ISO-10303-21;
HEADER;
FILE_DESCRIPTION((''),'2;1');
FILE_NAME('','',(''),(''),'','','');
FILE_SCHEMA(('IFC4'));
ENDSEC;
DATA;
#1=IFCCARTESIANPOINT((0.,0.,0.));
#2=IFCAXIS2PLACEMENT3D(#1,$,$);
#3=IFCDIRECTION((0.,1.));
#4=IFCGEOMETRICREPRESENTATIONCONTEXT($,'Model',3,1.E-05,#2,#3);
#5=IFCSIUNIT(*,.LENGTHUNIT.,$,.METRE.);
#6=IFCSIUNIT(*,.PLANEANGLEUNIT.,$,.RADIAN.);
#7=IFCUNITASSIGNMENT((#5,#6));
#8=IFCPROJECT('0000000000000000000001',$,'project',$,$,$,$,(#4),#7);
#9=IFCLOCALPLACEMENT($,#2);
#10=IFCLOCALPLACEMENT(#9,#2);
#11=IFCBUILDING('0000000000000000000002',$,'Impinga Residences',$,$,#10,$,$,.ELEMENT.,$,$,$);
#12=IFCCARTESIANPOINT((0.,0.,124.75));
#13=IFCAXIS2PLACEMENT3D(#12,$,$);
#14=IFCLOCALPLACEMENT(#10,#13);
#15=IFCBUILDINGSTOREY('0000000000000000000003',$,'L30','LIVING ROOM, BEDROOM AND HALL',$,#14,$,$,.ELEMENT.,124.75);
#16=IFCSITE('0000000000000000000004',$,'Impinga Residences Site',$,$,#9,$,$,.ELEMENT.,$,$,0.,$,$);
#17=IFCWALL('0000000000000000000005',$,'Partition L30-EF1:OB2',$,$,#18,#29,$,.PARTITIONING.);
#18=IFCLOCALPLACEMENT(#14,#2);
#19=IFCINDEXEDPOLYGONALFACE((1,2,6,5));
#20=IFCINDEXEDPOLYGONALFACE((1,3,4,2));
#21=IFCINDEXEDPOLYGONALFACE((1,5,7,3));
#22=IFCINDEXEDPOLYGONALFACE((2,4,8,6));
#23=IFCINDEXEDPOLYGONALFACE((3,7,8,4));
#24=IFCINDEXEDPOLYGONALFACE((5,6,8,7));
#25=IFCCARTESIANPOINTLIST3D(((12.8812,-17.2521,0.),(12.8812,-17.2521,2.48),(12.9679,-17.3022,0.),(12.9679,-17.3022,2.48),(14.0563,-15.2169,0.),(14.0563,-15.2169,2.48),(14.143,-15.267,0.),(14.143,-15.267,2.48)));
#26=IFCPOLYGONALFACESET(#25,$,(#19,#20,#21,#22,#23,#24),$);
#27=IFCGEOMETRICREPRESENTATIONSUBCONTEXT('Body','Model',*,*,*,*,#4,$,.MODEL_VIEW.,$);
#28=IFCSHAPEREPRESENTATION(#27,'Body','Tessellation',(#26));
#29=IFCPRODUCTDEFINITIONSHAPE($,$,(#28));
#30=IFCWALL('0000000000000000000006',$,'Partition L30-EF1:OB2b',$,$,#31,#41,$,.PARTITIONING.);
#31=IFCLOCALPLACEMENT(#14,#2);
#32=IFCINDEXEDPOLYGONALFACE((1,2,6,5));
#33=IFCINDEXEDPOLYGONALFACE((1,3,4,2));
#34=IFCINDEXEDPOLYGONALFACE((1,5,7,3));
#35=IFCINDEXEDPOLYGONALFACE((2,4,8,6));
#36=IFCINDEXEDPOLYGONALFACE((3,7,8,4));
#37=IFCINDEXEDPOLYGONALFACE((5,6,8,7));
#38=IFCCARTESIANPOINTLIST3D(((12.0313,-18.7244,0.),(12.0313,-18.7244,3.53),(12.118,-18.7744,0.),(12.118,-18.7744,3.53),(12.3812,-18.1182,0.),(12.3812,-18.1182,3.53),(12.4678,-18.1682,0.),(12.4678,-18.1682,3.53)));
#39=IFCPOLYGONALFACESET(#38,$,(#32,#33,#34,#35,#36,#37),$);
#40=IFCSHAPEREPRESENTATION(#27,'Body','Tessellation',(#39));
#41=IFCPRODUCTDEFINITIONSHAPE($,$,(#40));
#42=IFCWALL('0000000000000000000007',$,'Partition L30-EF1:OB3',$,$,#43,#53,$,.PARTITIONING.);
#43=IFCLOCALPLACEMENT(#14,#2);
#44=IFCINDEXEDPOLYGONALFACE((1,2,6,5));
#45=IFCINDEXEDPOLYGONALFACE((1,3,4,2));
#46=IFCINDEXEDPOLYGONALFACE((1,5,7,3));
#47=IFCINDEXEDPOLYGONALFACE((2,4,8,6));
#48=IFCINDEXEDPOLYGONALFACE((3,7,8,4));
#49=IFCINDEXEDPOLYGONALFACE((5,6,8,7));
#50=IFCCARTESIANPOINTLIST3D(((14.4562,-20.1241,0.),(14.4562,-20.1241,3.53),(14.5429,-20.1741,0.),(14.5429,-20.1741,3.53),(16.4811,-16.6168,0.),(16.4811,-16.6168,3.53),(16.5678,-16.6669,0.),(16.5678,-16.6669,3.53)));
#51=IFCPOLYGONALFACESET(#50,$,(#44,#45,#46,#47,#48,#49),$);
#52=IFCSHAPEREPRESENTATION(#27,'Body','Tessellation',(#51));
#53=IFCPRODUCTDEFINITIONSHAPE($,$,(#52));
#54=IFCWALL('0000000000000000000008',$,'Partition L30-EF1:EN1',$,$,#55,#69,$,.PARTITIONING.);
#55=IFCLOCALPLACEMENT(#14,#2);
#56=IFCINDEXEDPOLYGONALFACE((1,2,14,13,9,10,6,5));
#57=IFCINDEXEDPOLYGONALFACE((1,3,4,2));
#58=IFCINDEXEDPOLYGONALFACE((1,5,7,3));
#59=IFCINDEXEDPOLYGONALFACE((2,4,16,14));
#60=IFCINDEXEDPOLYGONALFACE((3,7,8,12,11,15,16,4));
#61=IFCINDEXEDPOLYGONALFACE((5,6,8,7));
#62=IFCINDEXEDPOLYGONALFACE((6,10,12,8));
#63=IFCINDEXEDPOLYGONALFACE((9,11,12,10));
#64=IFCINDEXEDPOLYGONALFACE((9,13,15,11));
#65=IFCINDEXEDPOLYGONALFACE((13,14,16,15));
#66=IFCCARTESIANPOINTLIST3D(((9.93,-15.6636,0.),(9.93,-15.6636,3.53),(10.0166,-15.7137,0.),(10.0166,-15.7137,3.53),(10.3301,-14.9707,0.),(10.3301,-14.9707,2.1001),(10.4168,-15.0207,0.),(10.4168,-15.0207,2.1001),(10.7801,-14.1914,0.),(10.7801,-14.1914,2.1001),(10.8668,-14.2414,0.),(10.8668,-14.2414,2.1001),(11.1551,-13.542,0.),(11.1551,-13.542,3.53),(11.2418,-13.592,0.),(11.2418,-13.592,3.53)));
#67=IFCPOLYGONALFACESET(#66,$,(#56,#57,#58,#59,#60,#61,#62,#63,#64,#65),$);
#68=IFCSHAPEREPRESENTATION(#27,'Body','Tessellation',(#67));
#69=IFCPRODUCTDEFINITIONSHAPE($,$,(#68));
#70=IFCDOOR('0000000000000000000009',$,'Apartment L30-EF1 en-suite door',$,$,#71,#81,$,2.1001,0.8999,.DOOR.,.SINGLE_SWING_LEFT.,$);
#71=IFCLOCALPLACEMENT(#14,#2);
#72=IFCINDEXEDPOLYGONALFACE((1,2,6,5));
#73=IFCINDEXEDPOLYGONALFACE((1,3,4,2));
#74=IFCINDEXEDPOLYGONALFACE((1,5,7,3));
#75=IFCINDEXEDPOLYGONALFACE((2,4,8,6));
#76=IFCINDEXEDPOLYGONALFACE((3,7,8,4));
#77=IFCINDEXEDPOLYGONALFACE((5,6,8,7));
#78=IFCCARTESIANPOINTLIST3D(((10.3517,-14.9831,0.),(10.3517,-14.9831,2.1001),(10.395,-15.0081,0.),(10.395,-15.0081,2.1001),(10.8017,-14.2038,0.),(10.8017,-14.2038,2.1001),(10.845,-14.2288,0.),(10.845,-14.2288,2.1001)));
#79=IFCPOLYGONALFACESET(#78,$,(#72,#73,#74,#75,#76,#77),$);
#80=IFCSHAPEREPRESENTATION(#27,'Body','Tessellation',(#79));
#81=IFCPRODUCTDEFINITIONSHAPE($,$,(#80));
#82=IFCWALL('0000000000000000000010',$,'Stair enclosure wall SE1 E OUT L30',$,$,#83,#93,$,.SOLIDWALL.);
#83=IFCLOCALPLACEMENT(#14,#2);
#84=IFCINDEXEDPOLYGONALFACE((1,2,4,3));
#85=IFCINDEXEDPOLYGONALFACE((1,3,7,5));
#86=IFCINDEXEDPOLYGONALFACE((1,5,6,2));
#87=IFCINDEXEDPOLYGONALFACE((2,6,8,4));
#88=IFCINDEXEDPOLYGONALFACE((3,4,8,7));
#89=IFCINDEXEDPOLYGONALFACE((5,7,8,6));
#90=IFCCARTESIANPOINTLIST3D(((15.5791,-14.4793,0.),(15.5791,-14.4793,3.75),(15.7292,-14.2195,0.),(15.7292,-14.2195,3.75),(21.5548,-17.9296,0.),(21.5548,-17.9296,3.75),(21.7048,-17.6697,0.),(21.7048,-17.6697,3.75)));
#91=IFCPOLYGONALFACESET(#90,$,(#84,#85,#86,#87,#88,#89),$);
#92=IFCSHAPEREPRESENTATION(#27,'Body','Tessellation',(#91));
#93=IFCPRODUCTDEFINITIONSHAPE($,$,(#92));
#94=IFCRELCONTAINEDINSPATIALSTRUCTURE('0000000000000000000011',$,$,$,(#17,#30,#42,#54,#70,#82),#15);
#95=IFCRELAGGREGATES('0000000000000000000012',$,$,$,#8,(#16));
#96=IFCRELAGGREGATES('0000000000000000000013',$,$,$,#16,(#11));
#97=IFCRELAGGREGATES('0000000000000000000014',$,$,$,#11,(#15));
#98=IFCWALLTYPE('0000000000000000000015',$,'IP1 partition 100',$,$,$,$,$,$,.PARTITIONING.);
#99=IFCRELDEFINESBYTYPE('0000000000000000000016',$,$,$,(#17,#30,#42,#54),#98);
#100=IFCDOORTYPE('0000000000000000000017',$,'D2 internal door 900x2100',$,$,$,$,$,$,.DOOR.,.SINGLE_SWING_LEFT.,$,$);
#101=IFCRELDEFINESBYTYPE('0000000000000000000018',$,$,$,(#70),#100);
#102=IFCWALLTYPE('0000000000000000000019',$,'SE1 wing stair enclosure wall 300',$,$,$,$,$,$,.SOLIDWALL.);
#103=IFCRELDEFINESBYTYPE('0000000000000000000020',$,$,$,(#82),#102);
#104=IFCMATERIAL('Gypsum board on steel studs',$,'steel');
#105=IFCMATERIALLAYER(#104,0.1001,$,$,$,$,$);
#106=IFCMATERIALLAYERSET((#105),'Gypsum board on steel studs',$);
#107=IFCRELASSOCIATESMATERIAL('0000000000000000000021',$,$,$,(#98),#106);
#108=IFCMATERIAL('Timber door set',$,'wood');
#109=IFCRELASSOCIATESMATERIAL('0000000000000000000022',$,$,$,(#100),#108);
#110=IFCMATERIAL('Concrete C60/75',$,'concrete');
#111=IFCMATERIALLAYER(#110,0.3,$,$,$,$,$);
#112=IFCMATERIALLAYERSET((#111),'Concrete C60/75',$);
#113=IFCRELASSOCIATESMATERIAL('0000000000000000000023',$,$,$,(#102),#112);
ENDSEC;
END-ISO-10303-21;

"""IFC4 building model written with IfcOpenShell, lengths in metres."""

from ifc_helpers import new_model, si_unit, direction, frame, frame_2d, origin, place, context, subcontext, project, spatial, rectangle, extrude, material, layer, layer_set, type_object, element, fill, save


model = new_model("IFC4")

# Units and contexts
model_context = context("Model", 3, precision=1e-05, world=origin(), true_north=direction((0.0, 1.0)))
body_context = subcontext(model_context, "Body", "Model", "MODEL_VIEW")
ifc_project = project(units=[si_unit("LENGTHUNIT", "METRE"), si_unit("PLANEANGLEUNIT", "RADIAN")], contexts=[model_context])

# Site, building, storey
site_placement = place(None, origin())
site = spatial("IfcSite", under=ifc_project, at=site_placement, Name="Impinga Residences Site", CompositionType="ELEMENT", RefElevation=0.0)
building_placement = place(site_placement, origin())
building = spatial("IfcBuilding", under=site, at=building_placement, Name="Impinga Residences", CompositionType="ELEMENT")
storey_placement = place(building_placement, frame((0.0, 0.0, 124.75)))
storey = spatial("IfcBuildingStorey", under=building, at=storey_placement, Name="L30", Description="LIVING ROOM, BEDROOM AND HALL", CompositionType="ELEMENT", Elevation=124.75)

# Shared definitions
ifc_material_1 = material(Name="Concrete C60/75", Category="concrete")

# Shared definitions
ifc_material_2 = material(Name="Timber door set", Category="wood")

# Shared definitions
ifc_material_3 = material(Name="Gypsum board on steel studs", Category="steel")
ifc_layer_1 = layer(ifc_material_3, 0.1001)
ifc_layer_set_1 = layer_set([ifc_layer_1], Name="Gypsum board on steel studs")
wall_type_1 = type_object("IfcWallType", Name="IP1 partition 100", PredefinedType="PARTITIONING", material=ifc_layer_set_1)

# Shared definitions
door_type_1 = type_object("IfcDoorType", Name="D2 internal door 900x2100", OperationType="SINGLE_SWING_LEFT", PredefinedType="DOOR", material=ifc_material_2)

# Walls
wall_1_placement = place(storey_placement, frame((14.0996, -15.2419, 0.0), z_axis=(0.0, 0.0, 1.0), x_axis=(-0.500016, -0.866016, 0.0)))
element("IfcWall", 1, at=wall_1_placement, inside=storey, type_object=wall_type_1, Name="Partition L30-EF1:OB2", PredefinedType="PARTITIONING", context=body_context, shape_type="SweptSolid", body=[
    extrude(rectangle(XDim=2.3501, YDim=0.1001, at=frame_2d((1.175, 0.0))), origin(), (0.0, 0.0, 1.0), 2.48),
])
wall_2_placement = place(storey_placement, frame((12.4246, -18.1431, 0.0), z_axis=(0.0, 0.0, 1.0), x_axis=(-0.499853, -0.86611, 0.0)))
element("IfcWall", 2, at=wall_2_placement, inside=storey, type_object=wall_type_1, Name="Partition L30-EF1:OB2b", PredefinedType="PARTITIONING", context=body_context, shape_type="SweptSolid", body=[
    extrude(rectangle(XDim=0.7, YDim=0.1001, at=frame_2d((0.3501, 0.0))), origin(), (0.0, 0.0, 1.0), 3.53),
])
wall_3_placement = place(storey_placement, frame((16.5244, -16.6418, 0.0), z_axis=(0.0, 0.0, 1.0), x_axis=(-0.49999, -0.866031, 0.0)))
element("IfcWall", 3, at=wall_3_placement, inside=storey, type_object=wall_type_1, Name="Partition L30-EF1:OB3", PredefinedType="PARTITIONING", context=body_context, shape_type="SweptSolid", body=[
    extrude(rectangle(XDim=4.0498, YDim=0.1001, at=frame_2d((2.0249, 0.0))), origin(), (0.0, 0.0, 1.0), 3.53),
])

# Wall, opening, door
wall_4_placement = place(storey_placement, frame((11.1985, -13.5669, 0.0), z_axis=(0.0, 0.0, 1.0), x_axis=(-0.500062, -0.86599, 0.0)))
wall_4 = element("IfcWall", 4, at=wall_4_placement, inside=storey, type_object=wall_type_1, Name="Partition L30-EF1:EN1", PredefinedType="PARTITIONING", context=body_context, shape_type="SweptSolid", body=[
    extrude(rectangle(XDim=2.45, YDim=0.1001, at=frame_2d((1.2251, 0.0))), origin(), (0.0, 0.0, 1.0), 3.53),
])
opening_1_placement = place(wall_4_placement, frame((0.75, 0.0, 0.0)))
opening_1 = element("IfcOpeningElement", 5, at=opening_1_placement, cuts=wall_4, PredefinedType="OPENING", context=body_context, shape_type="SweptSolid", body=[
    extrude(rectangle(XDim=0.8999, YDim=2.1001, at=frame_2d((0.45, 1.05))), frame((0.0, 0.0601, 0.0), z_axis=(0.0, -1.0, 0.0), x_axis=(1.0, 0.0, 0.0)), (0.0, 0.0, 1.0), 0.1201),
])
door_1_placement = place(opening_1_placement, origin())
door_1 = element("IfcDoor", 6, at=door_1_placement, inside=storey, type_object=door_type_1, Name="Apartment L30-EF1 en-suite door", OperationType="SINGLE_SWING_LEFT", OverallHeight=2.1001, OverallWidth=0.8999, PredefinedType="DOOR", context=body_context, shape_type="SweptSolid", body=[
    extrude(rectangle(XDim=0.8999, YDim=2.1001, at=frame_2d((0.45, 1.05))), frame((0.0, 0.0249, 0.0), z_axis=(0.0, -1.0, 0.0), x_axis=(1.0, 0.0, 0.0)), (0.0, 0.0, 1.0), 0.05),
])
fill(opening_1, door_1)

# Wall
ifc_layer_2 = layer(ifc_material_1, 0.3)
ifc_layer_set_2 = layer_set([ifc_layer_2], Name="Concrete C60/75")
wall_type_2 = type_object("IfcWallType", Name="SE1 wing stair enclosure wall 300", PredefinedType="SOLIDWALL", material=ifc_layer_set_2)
wall_5_placement = place(storey_placement, frame((15.6541, -14.3494, 0.0), z_axis=(0.0, 0.0, 1.0), x_axis=(0.866014, -0.500021, 0.0)))
element("IfcWall", 7, at=wall_5_placement, inside=storey, type_object=wall_type_2, Name="Stair enclosure wall SE1 E OUT L30", PredefinedType="SOLIDWALL", context=body_context, shape_type="SweptSolid", body=[
    extrude(rectangle(XDim=6.9001, YDim=0.3, at=frame_2d((3.4502, 0.0))), origin(), (0.0, 0.0, 1.0), 3.75),
])

save(model, "model.ifc")
